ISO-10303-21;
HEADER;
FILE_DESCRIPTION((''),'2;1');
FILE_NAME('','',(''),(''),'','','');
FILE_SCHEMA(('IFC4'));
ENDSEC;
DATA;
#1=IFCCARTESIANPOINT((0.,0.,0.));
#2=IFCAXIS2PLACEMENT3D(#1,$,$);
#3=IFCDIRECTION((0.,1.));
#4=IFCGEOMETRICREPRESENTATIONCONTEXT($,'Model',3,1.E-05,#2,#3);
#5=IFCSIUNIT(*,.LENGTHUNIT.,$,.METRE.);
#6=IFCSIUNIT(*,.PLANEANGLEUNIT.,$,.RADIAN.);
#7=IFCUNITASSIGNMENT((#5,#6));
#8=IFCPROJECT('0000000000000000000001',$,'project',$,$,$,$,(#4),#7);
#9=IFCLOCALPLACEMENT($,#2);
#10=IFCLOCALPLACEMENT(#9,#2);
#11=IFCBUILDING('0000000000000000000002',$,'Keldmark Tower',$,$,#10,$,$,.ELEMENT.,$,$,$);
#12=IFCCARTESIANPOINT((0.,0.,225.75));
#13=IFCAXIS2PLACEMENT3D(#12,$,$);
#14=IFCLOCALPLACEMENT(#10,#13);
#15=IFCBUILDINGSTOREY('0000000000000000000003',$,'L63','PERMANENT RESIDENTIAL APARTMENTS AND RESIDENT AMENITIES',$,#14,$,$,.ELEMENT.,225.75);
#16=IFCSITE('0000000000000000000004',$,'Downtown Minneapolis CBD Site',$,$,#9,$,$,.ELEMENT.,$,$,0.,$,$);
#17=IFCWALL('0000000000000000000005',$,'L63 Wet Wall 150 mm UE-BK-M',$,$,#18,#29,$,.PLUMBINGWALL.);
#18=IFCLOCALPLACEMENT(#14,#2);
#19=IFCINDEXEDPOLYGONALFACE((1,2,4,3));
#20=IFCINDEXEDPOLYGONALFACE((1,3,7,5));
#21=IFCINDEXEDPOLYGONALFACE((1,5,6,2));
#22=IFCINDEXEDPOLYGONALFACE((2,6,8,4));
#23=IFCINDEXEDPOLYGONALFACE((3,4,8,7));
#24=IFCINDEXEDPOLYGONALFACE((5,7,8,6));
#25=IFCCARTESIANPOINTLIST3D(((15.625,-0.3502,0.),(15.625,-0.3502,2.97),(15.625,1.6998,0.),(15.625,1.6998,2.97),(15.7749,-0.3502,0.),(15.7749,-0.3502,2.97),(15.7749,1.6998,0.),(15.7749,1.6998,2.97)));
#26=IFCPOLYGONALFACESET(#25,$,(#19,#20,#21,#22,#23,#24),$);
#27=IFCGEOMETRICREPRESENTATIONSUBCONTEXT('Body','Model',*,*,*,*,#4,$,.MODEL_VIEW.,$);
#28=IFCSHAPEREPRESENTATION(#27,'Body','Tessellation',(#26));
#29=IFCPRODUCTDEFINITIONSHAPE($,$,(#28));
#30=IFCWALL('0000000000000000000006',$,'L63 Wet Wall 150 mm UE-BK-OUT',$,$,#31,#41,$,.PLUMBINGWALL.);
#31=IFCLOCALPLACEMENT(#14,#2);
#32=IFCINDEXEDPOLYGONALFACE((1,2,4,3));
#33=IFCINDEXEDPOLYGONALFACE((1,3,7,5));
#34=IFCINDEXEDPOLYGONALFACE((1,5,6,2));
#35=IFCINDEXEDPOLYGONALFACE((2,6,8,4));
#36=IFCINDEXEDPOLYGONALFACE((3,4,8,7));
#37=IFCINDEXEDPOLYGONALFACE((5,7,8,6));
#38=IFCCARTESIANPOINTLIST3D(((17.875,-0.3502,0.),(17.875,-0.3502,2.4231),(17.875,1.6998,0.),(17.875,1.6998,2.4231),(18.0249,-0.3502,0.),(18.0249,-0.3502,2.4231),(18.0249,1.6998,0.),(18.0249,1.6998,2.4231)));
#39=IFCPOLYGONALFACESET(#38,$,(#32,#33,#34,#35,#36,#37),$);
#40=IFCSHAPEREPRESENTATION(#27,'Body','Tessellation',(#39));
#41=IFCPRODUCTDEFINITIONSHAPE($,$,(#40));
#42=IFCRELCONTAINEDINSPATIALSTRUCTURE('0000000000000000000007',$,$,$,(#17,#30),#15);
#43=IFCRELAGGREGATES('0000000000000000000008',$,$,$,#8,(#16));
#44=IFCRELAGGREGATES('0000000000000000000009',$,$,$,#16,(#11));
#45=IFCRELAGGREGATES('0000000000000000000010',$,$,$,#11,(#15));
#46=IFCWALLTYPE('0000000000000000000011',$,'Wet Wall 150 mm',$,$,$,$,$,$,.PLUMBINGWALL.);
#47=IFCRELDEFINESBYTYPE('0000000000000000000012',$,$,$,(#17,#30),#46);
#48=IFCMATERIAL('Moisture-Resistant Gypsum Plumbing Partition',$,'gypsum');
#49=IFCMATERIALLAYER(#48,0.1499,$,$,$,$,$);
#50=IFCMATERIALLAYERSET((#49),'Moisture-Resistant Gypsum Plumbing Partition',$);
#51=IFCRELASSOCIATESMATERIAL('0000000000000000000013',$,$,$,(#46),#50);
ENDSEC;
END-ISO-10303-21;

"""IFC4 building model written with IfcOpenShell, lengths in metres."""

from ifc_helpers import new_model, si_unit, direction, frame, frame_2d, origin, place, context, subcontext, project, spatial, rectangle, extrude, material, layer, layer_set, type_object, element, save


model = new_model("IFC4")

# Units and contexts
model_context = context("Model", 3, precision=1e-05, world=origin(), true_north=direction((0.0, 1.0)))
body_context = subcontext(model_context, "Body", "Model", "MODEL_VIEW")
ifc_project = project(units=[si_unit("LENGTHUNIT", "METRE"), si_unit("PLANEANGLEUNIT", "RADIAN")], contexts=[model_context])

# Site, building, storey
site_placement = place(None, origin())
site = spatial("IfcSite", under=ifc_project, at=site_placement, Name="Downtown Minneapolis CBD Site", CompositionType="ELEMENT", RefElevation=0.0)
building_placement = place(site_placement, origin())
building = spatial("IfcBuilding", under=site, at=building_placement, Name="Keldmark Tower", CompositionType="ELEMENT")
storey_placement = place(building_placement, frame((0.0, 0.0, 225.75)))
storey = spatial("IfcBuildingStorey", under=building, at=storey_placement, Name="L63", Description="PERMANENT RESIDENTIAL APARTMENTS AND RESIDENT AMENITIES", CompositionType="ELEMENT", Elevation=225.75)

# Walls
ifc_material_1 = material(Name="Moisture-Resistant Gypsum Plumbing Partition", Category="gypsum")
ifc_layer_1 = layer(ifc_material_1, 0.1499)
ifc_layer_set_1 = layer_set([ifc_layer_1], Name="Moisture-Resistant Gypsum Plumbing Partition")
wall_type_1 = type_object("IfcWallType", Name="Wet Wall 150 mm", PredefinedType="PLUMBINGWALL", material=ifc_layer_set_1)
wall_1_placement = place(storey_placement, frame((15.7, -0.3501, 0.0), z_axis=(0.0, 0.0, 1.0), x_axis=(0.0, 1.0, 0.0)))
element("IfcWall", 1, at=wall_1_placement, inside=storey, type_object=wall_type_1, Name="L63 Wet Wall 150 mm UE-BK-M", PredefinedType="PLUMBINGWALL", context=body_context, shape_type="SweptSolid", body=[
    extrude(rectangle(XDim=2.05, YDim=0.1499, at=frame_2d((1.0249, 0.0))), origin(), (0.0, 0.0, 1.0), 2.97),
])
wall_2_placement = place(storey_placement, frame((17.95, -0.3501, 0.0), z_axis=(0.0, 0.0, 1.0), x_axis=(0.0, 1.0, 0.0)))
element("IfcWall", 2, at=wall_2_placement, inside=storey, type_object=wall_type_1, Name="L63 Wet Wall 150 mm UE-BK-OUT", PredefinedType="PLUMBINGWALL", context=body_context, shape_type="SweptSolid", body=[
    extrude(rectangle(XDim=2.05, YDim=0.1499, at=frame_2d((1.0249, 0.0))), origin(), (0.0, 0.0, 1.0), 2.4231),
])

save(model, "model.ifc")
